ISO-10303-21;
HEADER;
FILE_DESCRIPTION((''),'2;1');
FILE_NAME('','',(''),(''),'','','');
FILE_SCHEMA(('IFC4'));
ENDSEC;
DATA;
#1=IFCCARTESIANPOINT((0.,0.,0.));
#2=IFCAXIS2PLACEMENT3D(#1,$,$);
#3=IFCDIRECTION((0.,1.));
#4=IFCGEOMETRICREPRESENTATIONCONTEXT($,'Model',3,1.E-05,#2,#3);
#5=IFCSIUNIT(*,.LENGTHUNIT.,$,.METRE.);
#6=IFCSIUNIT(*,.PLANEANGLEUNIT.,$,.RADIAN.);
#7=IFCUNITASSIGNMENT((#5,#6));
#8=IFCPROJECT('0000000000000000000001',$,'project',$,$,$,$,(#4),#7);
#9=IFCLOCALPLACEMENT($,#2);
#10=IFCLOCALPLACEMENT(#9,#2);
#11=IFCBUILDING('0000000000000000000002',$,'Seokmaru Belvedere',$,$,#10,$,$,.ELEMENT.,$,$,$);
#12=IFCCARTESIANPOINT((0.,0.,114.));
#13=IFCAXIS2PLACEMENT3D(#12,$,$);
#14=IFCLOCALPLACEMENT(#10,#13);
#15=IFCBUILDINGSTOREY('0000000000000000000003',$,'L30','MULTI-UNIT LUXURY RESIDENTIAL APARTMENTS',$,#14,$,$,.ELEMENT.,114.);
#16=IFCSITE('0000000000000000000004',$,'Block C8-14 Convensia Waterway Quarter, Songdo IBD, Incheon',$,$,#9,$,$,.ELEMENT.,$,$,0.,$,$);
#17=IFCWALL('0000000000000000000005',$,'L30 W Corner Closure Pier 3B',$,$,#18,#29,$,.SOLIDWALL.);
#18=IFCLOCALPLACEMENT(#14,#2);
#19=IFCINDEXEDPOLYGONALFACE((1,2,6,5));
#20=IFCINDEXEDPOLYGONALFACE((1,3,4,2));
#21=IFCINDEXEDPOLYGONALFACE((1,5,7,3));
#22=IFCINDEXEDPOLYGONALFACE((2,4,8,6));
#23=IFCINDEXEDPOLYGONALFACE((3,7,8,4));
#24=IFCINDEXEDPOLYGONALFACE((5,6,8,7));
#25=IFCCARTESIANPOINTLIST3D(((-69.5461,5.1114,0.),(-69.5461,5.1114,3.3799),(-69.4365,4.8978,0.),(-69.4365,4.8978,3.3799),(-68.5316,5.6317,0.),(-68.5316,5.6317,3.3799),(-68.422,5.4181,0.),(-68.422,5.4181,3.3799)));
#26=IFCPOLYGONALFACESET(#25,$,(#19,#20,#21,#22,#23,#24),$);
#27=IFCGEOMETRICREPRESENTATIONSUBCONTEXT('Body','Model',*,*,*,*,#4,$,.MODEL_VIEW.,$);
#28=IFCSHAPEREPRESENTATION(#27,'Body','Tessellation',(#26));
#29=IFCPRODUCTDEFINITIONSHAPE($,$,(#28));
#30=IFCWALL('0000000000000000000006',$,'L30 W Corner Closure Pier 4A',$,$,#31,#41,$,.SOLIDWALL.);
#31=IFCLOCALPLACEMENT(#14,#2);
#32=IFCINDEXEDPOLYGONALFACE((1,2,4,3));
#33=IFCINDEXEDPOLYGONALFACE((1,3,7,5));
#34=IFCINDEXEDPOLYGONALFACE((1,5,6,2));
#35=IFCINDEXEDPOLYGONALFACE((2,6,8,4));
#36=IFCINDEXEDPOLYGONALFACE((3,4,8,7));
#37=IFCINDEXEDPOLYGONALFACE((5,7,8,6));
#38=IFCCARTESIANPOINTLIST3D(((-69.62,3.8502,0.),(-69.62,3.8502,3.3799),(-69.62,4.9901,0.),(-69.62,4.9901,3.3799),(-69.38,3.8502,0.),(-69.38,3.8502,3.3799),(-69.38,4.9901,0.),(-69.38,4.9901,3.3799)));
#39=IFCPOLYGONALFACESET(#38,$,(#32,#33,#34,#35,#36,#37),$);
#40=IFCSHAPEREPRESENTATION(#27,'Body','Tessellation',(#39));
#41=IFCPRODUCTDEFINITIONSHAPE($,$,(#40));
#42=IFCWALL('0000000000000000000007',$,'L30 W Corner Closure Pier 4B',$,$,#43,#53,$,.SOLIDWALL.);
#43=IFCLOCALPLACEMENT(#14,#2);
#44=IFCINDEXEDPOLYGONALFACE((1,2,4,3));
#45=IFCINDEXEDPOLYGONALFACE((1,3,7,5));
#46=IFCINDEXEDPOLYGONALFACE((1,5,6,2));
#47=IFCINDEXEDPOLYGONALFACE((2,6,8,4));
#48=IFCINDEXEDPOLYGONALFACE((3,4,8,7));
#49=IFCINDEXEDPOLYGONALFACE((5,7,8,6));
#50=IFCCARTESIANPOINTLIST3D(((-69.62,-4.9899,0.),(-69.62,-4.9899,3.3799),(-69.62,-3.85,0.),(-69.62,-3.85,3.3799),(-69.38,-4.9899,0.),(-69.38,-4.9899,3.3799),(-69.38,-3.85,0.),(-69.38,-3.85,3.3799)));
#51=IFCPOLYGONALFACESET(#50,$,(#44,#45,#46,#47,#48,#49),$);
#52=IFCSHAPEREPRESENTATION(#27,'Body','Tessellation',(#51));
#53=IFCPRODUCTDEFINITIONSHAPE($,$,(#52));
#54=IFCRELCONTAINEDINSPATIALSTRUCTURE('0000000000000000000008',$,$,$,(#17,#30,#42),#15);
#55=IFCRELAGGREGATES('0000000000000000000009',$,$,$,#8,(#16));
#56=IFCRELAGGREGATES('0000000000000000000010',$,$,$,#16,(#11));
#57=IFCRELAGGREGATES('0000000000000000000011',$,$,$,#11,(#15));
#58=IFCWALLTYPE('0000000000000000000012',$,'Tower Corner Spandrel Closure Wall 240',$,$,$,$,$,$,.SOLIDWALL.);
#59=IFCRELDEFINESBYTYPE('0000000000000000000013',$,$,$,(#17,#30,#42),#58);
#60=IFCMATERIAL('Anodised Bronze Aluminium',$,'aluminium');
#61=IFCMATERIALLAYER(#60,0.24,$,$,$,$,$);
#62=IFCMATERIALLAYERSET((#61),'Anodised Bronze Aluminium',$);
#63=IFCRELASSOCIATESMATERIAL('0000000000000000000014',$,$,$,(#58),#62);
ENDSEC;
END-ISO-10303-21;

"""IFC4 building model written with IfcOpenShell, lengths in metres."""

from ifc_helpers import new_model, si_unit, direction, frame, frame_2d, origin, place, context, subcontext, project, spatial, rectangle, extrude, material, layer, layer_set, type_object, element, save


model = new_model("IFC4")

# Units and contexts
model_context = context("Model", 3, precision=1e-05, world=origin(), true_north=direction((0.0, 1.0)))
body_context = subcontext(model_context, "Body", "Model", "MODEL_VIEW")
ifc_project = project(units=[si_unit("LENGTHUNIT", "METRE"), si_unit("PLANEANGLEUNIT", "RADIAN")], contexts=[model_context])

# Site, building, storey
site_placement = place(None, origin())
site = spatial("IfcSite", under=ifc_project, at=site_placement, Name="Block C8-14 Convensia Waterway Quarter, Songdo IBD, Incheon", CompositionType="ELEMENT", RefElevation=0.0)
building_placement = place(site_placement, origin())
building = spatial("IfcBuilding", under=site, at=building_placement, Name="Seokmaru Belvedere", CompositionType="ELEMENT")
storey_placement = place(building_placement, frame((0.0, 0.0, 114.0)))
storey = spatial("IfcBuildingStorey", under=building, at=storey_placement, Name="L30", Description="MULTI-UNIT LUXURY RESIDENTIAL APARTMENTS", CompositionType="ELEMENT", Elevation=114.0)

# Shared definitions
ifc_material_1 = material(Name="Anodised Bronze Aluminium", Category="aluminium")

# Walls
ifc_layer_1 = layer(ifc_material_1, 0.24)
ifc_layer_set_1 = layer_set([ifc_layer_1], Name="Anodised Bronze Aluminium")
wall_type_1 = type_object("IfcWallType", Name="Tower Corner Spandrel Closure Wall 240", PredefinedType="SOLIDWALL", material=ifc_layer_set_1)
wall_1_placement = place(storey_placement, frame((-68.4768, 5.5249, 0.0), z_axis=(0.0, 0.0, 1.0), x_axis=(-0.889797, -0.456356, 0.0)))
element("IfcWall", 1, at=wall_1_placement, inside=storey, type_object=wall_type_1, Name="L30 W Corner Closure Pier 3B", PredefinedType="SOLIDWALL", context=body_context, shape_type="SweptSolid", body=[
    extrude(rectangle(XDim=1.1401, YDim=0.24, at=frame_2d((0.5701, 0.0))), origin(), (0.0, 0.0, 1.0), 3.3799),
])
for number, where, z_axis, x_axis, name in (
    (2, (-69.5, 4.99, 0.0), (0.0, 0.0, 1.0), (0.0, -1.0, 0.0), "L30 W Corner Closure Pier 4A"),
    (3, (-69.5, -3.8501, 0.0), (0.0, 0.0, 1.0), (0.0, -1.0, 0.0), "L30 W Corner Closure Pier 4B"),
):
    element("IfcWall", number, at=place(storey_placement, frame(where, z_axis=z_axis, x_axis=x_axis)), inside=storey, type_object=wall_type_1, Name=name, PredefinedType="SOLIDWALL", context=body_context, shape_type="SweptSolid", body=[
        extrude(rectangle(XDim=1.1399, YDim=0.24, at=frame_2d((0.5698, 0.0))), origin(), (0.0, 0.0, 1.0), 3.3799),
    ])

save(model, "model.ifc")
